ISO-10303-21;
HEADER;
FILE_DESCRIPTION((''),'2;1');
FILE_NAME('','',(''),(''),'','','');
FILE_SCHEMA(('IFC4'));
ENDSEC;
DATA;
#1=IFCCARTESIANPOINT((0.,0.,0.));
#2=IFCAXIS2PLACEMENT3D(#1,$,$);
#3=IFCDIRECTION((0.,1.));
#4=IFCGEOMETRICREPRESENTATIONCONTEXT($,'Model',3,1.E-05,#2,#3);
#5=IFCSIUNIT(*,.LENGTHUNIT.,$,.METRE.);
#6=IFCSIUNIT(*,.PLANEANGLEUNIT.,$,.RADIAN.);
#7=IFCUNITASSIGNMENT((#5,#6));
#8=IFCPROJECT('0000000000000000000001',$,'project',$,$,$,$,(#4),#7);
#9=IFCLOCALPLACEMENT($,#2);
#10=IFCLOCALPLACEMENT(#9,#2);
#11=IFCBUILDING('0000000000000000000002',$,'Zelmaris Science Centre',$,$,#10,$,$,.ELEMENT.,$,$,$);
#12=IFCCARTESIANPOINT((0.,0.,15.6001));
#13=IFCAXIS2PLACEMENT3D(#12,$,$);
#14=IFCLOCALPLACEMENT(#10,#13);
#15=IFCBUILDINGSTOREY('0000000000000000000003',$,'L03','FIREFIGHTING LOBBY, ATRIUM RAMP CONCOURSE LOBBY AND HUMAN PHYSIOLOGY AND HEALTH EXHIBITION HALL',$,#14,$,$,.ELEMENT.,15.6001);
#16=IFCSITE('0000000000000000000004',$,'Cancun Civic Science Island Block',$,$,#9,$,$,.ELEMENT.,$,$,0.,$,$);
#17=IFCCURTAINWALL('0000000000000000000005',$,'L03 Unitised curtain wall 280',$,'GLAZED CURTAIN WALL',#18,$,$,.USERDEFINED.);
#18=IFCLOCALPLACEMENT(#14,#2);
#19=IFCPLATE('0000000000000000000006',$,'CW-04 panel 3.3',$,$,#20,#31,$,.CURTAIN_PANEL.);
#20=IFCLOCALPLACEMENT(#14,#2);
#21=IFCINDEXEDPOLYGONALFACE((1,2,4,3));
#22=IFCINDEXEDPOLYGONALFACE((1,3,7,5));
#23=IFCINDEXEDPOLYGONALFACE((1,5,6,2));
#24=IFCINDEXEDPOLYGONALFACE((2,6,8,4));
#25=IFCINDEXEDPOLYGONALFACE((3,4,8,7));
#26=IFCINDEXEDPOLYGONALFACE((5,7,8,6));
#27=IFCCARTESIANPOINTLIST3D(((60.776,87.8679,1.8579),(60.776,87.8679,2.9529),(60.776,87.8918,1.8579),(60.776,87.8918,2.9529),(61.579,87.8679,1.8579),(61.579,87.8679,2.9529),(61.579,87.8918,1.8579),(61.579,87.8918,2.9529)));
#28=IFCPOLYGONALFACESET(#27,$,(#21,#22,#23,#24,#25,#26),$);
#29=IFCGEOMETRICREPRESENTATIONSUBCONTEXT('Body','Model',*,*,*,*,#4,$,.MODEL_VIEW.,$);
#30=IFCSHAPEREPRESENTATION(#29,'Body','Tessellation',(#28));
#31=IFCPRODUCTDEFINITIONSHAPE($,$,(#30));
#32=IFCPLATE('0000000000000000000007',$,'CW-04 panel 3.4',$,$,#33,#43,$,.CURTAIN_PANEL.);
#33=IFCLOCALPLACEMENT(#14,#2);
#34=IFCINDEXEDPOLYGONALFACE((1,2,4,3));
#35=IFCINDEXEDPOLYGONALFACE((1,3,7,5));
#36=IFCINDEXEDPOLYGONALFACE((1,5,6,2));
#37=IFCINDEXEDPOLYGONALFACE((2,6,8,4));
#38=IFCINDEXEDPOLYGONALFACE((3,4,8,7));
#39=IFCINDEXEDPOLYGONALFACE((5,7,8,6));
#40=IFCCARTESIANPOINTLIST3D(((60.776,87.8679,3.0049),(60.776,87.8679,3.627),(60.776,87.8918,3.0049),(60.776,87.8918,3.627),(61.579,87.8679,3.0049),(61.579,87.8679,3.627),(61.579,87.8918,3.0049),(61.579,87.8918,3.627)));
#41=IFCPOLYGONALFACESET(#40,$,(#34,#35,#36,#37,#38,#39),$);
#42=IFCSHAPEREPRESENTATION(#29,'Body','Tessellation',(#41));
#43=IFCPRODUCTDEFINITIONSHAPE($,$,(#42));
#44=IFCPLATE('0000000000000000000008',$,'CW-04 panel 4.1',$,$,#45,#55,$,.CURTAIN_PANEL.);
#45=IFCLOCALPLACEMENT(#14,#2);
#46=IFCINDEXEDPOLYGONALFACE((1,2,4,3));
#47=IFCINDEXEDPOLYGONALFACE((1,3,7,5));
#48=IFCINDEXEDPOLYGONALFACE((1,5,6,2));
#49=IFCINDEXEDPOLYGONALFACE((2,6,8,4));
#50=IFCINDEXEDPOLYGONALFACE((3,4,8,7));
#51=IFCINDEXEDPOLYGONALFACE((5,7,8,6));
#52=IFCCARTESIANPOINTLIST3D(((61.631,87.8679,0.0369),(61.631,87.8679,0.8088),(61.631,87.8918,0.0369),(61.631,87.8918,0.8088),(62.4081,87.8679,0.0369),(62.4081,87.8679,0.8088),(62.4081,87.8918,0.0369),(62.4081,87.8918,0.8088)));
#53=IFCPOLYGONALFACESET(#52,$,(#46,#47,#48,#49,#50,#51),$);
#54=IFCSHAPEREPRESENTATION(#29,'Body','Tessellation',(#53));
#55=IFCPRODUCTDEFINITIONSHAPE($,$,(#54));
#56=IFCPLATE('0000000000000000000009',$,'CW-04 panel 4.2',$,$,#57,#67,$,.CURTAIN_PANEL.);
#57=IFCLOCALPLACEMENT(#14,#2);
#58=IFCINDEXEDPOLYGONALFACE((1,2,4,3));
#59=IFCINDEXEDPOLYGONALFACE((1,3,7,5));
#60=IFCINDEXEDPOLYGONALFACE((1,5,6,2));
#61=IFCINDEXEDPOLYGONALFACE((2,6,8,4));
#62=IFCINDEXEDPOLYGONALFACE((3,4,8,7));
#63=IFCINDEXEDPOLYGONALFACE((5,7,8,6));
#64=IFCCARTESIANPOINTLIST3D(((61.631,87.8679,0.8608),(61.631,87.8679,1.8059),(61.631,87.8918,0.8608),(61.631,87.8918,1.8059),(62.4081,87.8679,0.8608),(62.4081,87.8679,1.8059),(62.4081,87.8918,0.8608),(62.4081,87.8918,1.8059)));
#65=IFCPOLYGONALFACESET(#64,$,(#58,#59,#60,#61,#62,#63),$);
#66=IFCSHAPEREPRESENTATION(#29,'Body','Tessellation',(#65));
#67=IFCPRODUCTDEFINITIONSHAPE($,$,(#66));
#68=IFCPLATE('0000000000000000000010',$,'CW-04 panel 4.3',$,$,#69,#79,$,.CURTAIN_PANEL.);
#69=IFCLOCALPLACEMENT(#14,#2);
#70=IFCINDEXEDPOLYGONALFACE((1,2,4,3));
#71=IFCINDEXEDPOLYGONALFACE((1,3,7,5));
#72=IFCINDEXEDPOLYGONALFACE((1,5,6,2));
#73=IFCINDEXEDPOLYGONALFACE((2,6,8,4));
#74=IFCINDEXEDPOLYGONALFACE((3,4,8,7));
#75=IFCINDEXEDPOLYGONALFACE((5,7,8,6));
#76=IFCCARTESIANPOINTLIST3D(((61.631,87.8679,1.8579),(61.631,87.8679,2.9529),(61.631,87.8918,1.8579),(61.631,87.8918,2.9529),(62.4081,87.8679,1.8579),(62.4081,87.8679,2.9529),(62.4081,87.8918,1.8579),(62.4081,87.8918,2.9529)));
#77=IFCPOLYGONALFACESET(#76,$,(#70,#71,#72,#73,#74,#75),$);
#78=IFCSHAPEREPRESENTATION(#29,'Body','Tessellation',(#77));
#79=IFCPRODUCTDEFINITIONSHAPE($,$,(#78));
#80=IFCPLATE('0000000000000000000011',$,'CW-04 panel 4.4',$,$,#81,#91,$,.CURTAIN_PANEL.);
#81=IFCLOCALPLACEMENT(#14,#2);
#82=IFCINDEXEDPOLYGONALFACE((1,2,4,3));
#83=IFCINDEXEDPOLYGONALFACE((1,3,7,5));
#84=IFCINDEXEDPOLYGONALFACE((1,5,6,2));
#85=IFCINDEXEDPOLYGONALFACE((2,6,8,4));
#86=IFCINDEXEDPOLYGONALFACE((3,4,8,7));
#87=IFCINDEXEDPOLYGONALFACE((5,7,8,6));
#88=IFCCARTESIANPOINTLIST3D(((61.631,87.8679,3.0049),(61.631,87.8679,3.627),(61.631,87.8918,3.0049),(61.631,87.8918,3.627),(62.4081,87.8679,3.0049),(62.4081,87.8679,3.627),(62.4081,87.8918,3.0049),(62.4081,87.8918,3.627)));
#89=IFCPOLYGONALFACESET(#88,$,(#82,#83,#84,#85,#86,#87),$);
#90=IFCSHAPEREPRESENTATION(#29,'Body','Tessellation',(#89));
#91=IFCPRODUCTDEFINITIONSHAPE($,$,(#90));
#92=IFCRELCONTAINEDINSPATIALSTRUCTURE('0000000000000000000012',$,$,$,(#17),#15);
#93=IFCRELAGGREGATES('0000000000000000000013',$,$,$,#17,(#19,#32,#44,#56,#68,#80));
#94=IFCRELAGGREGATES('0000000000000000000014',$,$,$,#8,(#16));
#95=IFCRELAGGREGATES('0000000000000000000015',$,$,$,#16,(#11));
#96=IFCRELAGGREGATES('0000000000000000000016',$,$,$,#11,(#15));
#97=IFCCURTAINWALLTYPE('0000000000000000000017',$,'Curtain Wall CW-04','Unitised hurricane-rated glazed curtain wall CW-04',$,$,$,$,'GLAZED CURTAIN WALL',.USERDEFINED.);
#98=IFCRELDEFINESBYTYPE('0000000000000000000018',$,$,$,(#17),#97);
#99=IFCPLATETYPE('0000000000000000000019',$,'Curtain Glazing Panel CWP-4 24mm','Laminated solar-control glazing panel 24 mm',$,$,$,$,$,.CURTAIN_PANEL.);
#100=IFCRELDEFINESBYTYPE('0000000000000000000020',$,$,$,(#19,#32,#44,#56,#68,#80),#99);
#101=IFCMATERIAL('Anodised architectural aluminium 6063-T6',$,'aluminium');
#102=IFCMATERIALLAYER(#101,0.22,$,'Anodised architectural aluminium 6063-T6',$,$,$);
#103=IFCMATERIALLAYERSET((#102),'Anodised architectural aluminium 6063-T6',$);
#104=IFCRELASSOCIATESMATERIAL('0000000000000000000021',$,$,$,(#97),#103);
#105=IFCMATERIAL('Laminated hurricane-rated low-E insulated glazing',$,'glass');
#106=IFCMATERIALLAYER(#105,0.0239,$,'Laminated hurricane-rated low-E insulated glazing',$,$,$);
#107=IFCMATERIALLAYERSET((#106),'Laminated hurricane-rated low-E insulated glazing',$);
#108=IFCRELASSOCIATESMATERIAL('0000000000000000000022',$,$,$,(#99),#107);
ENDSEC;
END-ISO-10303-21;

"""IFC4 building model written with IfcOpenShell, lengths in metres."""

from ifc_helpers import new_model, si_unit, direction, frame, origin, origin_2d, place, context, subcontext, project, spatial, rectangle, extrude, material, layer, layer_set, type_object, element, aggregate, save


model = new_model("IFC4")

# Units and contexts
model_context = context("Model", 3, precision=1e-05, world=origin(), true_north=direction((0.0, 1.0)))
body_context = subcontext(model_context, "Body", "Model", "MODEL_VIEW")
ifc_project = project(units=[si_unit("LENGTHUNIT", "METRE"), si_unit("PLANEANGLEUNIT", "RADIAN")], contexts=[model_context])

# Site, building, storey
site_placement = place(None, origin())
site = spatial("IfcSite", under=ifc_project, at=site_placement, Name="Cancun Civic Science Island Block", CompositionType="ELEMENT", RefElevation=0.0)
building_placement = place(site_placement, origin())
building = spatial("IfcBuilding", under=site, at=building_placement, Name="Zelmaris Science Centre", CompositionType="ELEMENT")
storey_placement = place(building_placement, frame((0.0, 0.0, 15.6001)))
storey = spatial("IfcBuildingStorey", under=building, at=storey_placement, Name="L03", Description="FIREFIGHTING LOBBY, ATRIUM RAMP CONCOURSE LOBBY AND HUMAN PHYSIOLOGY AND HEALTH EXHIBITION HALL", CompositionType="ELEMENT", Elevation=15.6001)

# Curtain wall
ifc_material_1 = material(Name="Anodised architectural aluminium 6063-T6", Category="aluminium")
ifc_layer_1 = layer(ifc_material_1, 0.22, Name="Anodised architectural aluminium 6063-T6")
ifc_layer_set_1 = layer_set([ifc_layer_1], Name="Anodised architectural aluminium 6063-T6")
curtain_wall_type_1 = type_object("IfcCurtainWallType", Name="Curtain Wall CW-04", Description="Unitised hurricane-rated glazed curtain wall CW-04", ElementType="GLAZED CURTAIN WALL", PredefinedType="USERDEFINED", material=ifc_layer_set_1)
curtain_wall_1_placement = place(storey_placement, origin())
curtain_wall_1 = element("IfcCurtainWall", 1, at=curtain_wall_1_placement, inside=storey, type_object=curtain_wall_type_1, Name="L03 Unitised curtain wall 280", ObjectType="GLAZED CURTAIN WALL", PredefinedType="USERDEFINED")

# Plates
ifc_material_2 = material(Name="Laminated hurricane-rated low-E insulated glazing", Category="glass")
ifc_layer_2 = layer(ifc_material_2, 0.0239, Name="Laminated hurricane-rated low-E insulated glazing")
ifc_layer_set_2 = layer_set([ifc_layer_2], Name="Laminated hurricane-rated low-E insulated glazing")
plate_type = type_object("IfcPlateType", Name="Curtain Glazing Panel CWP-4 24mm", Description="Laminated solar-control glazing panel 24 mm", PredefinedType="CURTAIN_PANEL", material=ifc_layer_set_2)
plate_1_placement = place(storey_placement, frame((61.1775, 87.8799, 1.8579), z_axis=(0.0, 0.0, 1.0), x_axis=(1.0, 0.0, 0.0)))
plate_1 = element("IfcPlate", 2, at=plate_1_placement, type_object=plate_type, Name="CW-04 panel 3.3", PredefinedType="CURTAIN_PANEL", context=body_context, shape_type="SweptSolid", body=[
    extrude(rectangle(XDim=0.803, YDim=0.0239, at=origin_2d()), origin(), (0.0, 0.0, 1.0), 1.095),
])
plate_2_placement = place(storey_placement, frame((61.1775, 87.8799, 3.0049), z_axis=(0.0, 0.0, 1.0), x_axis=(1.0, 0.0, 0.0)))
plate_2 = element("IfcPlate", 3, at=plate_2_placement, type_object=plate_type, Name="CW-04 panel 3.4", PredefinedType="CURTAIN_PANEL", context=body_context, shape_type="SweptSolid", body=[
    extrude(rectangle(XDim=0.803, YDim=0.0239, at=origin_2d()), origin(), (0.0, 0.0, 1.0), 0.6221),
])
plate_3_placement = place(storey_placement, frame((62.0195, 87.8799, 0.0369), z_axis=(0.0, 0.0, 1.0), x_axis=(1.0, 0.0, 0.0)))
plate_3 = element("IfcPlate", 4, at=plate_3_placement, type_object=plate_type, Name="CW-04 panel 4.1", PredefinedType="CURTAIN_PANEL", context=body_context, shape_type="SweptSolid", body=[
    extrude(rectangle(XDim=0.7771, YDim=0.0239, at=origin_2d()), origin(), (0.0, 0.0, 1.0), 0.772),
])
plate_4_placement = place(storey_placement, frame((62.0195, 87.8799, 0.8608), z_axis=(0.0, 0.0, 1.0), x_axis=(1.0, 0.0, 0.0)))
plate_4 = element("IfcPlate", 5, at=plate_4_placement, type_object=plate_type, Name="CW-04 panel 4.2", PredefinedType="CURTAIN_PANEL", context=body_context, shape_type="SweptSolid", body=[
    extrude(rectangle(XDim=0.7771, YDim=0.0239, at=origin_2d()), origin(), (0.0, 0.0, 1.0), 0.9451),
])
plate_5_placement = place(storey_placement, frame((62.0195, 87.8799, 1.8579), z_axis=(0.0, 0.0, 1.0), x_axis=(1.0, 0.0, 0.0)))
plate_5 = element("IfcPlate", 6, at=plate_5_placement, type_object=plate_type, Name="CW-04 panel 4.3", PredefinedType="CURTAIN_PANEL", context=body_context, shape_type="SweptSolid", body=[
    extrude(rectangle(XDim=0.7771, YDim=0.0239, at=origin_2d()), origin(), (0.0, 0.0, 1.0), 1.095),
])
plate_6_placement = place(storey_placement, frame((62.0195, 87.8799, 3.0049), z_axis=(0.0, 0.0, 1.0), x_axis=(1.0, 0.0, 0.0)))
plate_6 = element("IfcPlate", 7, at=plate_6_placement, type_object=plate_type, Name="CW-04 panel 4.4", PredefinedType="CURTAIN_PANEL", context=body_context, shape_type="SweptSolid", body=[
    extrude(rectangle(XDim=0.7771, YDim=0.0239, at=origin_2d()), origin(), (0.0, 0.0, 1.0), 0.6221),
])
aggregate(curtain_wall_1, [plate_1, plate_2, plate_3, plate_4, plate_5, plate_6])

save(model, "model.ifc")
